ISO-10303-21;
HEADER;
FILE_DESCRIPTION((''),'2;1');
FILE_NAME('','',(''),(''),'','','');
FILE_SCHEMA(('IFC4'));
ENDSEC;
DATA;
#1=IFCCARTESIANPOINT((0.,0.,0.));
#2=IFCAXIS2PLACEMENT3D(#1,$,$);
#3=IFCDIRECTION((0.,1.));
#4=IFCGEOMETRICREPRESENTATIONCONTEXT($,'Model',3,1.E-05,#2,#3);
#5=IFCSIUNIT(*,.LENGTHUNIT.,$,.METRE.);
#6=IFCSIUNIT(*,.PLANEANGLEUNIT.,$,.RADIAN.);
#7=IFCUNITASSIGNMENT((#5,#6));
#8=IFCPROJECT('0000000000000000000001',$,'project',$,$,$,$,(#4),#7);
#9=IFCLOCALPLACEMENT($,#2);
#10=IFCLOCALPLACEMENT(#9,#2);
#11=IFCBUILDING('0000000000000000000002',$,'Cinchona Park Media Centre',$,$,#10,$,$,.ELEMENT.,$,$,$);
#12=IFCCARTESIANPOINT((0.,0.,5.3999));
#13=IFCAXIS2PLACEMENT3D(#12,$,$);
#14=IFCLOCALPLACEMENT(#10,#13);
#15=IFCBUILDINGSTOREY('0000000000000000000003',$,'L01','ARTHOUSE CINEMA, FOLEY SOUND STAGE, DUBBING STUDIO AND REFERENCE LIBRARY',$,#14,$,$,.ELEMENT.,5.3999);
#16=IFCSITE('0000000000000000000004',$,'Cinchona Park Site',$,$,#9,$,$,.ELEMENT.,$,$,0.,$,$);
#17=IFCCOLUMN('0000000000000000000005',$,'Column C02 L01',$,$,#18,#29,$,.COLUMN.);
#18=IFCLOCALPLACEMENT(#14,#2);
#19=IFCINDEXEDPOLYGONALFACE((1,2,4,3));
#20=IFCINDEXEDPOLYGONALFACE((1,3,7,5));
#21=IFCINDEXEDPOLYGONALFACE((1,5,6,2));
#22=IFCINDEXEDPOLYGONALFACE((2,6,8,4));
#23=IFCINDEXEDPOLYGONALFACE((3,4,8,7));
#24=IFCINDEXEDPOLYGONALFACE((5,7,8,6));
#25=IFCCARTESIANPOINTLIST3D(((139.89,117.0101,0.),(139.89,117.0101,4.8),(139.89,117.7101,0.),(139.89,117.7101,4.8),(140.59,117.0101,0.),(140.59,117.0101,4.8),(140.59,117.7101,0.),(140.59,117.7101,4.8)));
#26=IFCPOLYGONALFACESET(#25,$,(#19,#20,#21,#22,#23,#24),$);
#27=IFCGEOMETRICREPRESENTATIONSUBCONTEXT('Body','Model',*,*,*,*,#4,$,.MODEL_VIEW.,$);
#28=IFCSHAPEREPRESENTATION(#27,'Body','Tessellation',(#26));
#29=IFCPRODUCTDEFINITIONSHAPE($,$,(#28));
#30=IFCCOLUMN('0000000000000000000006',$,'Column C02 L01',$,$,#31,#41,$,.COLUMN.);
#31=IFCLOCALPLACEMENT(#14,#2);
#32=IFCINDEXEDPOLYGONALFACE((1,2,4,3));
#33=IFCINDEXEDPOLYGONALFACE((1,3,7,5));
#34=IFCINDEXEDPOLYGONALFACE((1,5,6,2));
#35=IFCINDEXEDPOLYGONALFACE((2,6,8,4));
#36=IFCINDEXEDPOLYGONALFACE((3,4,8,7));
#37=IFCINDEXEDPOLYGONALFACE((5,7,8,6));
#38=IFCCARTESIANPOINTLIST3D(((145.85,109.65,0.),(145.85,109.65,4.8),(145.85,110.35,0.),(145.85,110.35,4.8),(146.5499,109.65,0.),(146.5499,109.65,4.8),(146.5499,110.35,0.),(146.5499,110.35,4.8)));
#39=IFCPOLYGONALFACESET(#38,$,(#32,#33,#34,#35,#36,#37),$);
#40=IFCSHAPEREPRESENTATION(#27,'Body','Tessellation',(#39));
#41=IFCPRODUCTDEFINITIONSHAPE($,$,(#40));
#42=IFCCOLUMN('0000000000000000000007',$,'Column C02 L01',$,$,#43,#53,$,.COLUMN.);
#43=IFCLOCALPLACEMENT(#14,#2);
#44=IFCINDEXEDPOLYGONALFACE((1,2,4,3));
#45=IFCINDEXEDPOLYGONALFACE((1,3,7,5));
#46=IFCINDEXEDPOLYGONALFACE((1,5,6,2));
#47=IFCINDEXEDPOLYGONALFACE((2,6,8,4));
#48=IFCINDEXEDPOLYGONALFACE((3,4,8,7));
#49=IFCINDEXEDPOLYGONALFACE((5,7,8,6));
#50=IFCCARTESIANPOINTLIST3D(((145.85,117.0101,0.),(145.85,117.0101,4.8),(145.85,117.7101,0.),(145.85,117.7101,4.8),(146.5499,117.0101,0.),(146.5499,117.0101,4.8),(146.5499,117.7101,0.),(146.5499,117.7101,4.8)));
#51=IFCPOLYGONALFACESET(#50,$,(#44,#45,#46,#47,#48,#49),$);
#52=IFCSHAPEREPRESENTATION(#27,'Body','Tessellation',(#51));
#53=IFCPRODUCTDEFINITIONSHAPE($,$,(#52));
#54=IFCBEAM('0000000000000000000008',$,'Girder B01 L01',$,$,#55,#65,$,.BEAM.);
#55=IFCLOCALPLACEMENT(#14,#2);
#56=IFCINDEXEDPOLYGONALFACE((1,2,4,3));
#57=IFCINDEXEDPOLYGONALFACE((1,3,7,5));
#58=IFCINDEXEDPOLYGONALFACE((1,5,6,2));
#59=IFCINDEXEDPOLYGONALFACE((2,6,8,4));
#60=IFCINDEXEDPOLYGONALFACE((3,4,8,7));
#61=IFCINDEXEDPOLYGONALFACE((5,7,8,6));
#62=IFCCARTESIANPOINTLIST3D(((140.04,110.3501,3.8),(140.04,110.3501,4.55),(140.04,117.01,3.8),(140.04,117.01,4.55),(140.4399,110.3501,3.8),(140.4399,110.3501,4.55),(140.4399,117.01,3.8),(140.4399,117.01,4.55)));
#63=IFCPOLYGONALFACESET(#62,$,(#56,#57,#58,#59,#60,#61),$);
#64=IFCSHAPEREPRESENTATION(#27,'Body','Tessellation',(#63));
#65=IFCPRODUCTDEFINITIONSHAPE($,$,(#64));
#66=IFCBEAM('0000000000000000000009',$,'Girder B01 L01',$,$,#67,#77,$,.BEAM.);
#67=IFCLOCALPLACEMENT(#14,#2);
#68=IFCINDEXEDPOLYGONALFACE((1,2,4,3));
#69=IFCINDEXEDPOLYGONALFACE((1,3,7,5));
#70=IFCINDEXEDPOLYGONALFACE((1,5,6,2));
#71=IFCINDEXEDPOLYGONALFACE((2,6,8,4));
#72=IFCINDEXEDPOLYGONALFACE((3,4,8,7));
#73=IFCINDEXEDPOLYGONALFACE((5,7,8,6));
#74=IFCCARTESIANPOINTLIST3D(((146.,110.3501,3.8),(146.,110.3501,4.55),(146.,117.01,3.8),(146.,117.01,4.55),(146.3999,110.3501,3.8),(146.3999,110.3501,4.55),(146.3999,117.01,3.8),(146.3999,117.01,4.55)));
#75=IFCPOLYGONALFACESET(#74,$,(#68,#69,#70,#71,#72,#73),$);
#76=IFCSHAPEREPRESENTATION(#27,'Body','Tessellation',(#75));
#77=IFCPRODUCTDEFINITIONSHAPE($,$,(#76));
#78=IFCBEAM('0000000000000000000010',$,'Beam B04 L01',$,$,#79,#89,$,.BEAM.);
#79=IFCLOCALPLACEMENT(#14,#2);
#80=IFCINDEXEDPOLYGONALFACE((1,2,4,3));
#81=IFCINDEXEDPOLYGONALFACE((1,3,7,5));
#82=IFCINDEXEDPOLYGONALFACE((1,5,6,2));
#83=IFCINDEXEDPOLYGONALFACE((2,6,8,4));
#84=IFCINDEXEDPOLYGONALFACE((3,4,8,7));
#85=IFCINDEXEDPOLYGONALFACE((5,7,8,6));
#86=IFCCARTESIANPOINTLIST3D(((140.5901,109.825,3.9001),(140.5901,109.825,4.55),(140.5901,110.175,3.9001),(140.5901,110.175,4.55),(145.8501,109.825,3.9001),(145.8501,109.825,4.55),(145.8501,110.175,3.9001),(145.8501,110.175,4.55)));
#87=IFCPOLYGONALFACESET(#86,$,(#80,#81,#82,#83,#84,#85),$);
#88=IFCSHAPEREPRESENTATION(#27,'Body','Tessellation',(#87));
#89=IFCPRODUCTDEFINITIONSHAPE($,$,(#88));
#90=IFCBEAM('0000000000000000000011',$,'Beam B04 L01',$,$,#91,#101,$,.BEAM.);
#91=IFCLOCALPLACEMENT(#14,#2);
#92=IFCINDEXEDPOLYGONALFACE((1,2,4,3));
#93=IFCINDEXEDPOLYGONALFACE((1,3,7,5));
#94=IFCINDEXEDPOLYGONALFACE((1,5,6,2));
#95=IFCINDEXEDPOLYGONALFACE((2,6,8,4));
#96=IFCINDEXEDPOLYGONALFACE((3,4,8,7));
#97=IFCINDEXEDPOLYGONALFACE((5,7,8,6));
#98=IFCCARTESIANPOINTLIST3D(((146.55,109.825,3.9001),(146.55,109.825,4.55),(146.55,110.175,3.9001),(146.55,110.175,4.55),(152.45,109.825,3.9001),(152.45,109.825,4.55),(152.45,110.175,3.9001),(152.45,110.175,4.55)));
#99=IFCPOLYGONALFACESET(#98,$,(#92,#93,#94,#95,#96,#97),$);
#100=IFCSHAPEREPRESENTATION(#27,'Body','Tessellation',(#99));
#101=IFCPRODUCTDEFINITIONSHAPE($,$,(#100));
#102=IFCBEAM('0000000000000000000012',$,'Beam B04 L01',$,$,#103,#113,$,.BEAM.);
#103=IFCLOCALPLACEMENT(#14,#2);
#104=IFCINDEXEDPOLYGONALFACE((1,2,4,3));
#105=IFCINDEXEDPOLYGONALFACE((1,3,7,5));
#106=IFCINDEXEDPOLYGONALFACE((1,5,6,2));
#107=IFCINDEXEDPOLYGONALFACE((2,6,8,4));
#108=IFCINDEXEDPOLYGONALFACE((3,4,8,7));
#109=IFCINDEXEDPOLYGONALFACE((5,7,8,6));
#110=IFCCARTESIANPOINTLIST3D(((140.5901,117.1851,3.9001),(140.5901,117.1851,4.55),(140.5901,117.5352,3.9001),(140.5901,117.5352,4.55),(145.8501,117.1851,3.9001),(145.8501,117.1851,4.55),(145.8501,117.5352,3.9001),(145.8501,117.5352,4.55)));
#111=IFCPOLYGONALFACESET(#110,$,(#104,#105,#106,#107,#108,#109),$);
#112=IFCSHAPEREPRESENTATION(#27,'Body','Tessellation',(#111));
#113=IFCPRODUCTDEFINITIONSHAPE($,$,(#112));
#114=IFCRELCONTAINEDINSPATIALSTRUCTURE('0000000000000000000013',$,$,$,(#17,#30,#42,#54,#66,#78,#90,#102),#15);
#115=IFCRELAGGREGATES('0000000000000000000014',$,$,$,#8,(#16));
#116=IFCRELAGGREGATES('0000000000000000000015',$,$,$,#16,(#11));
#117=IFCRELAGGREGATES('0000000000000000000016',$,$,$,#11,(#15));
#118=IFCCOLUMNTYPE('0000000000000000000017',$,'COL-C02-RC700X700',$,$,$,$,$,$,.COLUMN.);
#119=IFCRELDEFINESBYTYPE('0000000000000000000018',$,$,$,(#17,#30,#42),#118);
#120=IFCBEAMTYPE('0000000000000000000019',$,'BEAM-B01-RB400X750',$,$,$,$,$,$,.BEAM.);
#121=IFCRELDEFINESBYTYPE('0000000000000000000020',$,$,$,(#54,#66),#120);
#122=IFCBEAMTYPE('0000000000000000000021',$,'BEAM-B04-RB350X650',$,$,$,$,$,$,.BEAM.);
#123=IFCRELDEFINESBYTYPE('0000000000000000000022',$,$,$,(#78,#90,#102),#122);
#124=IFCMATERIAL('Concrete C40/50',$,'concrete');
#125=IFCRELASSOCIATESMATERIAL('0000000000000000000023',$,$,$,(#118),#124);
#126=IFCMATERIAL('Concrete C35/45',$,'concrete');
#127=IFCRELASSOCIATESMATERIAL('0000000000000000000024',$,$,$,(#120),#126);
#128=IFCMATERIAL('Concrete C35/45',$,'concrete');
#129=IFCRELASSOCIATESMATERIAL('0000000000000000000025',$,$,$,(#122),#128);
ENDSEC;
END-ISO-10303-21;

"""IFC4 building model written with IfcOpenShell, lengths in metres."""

from ifc_helpers import new_model, si_unit, direction, frame, origin, origin_2d, place, context, subcontext, project, spatial, rectangle, extrude, material, material_profile, profile_set, type_object, element, save


model = new_model("IFC4")

# Units and contexts
model_context = context("Model", 3, precision=1e-05, world=origin(), true_north=direction((0.0, 1.0)))
body_context = subcontext(model_context, "Body", "Model", "MODEL_VIEW")
ifc_project = project(units=[si_unit("LENGTHUNIT", "METRE"), si_unit("PLANEANGLEUNIT", "RADIAN")], contexts=[model_context])

# Site, building, storey
site_placement = place(None, origin())
site = spatial("IfcSite", under=ifc_project, at=site_placement, Name="Cinchona Park Site", CompositionType="ELEMENT", RefElevation=0.0)
building_placement = place(site_placement, origin())
building = spatial("IfcBuilding", under=site, at=building_placement, Name="Cinchona Park Media Centre", CompositionType="ELEMENT")
storey_placement = place(building_placement, frame((0.0, 0.0, 5.3999)))
storey = spatial("IfcBuildingStorey", under=building, at=storey_placement, Name="L01", Description="ARTHOUSE CINEMA, FOLEY SOUND STAGE, DUBBING STUDIO AND REFERENCE LIBRARY", CompositionType="ELEMENT", Elevation=5.3999)

# Columns
ifc_material_1 = material(Name="Concrete C40/50", Category="concrete")
ifc_material_profile_1 = material_profile(ifc_material_1, rectangle(XDim=0.7, YDim=0.7, at=origin_2d()), Name="RC 700X700")
ifc_profile_set_1 = profile_set([ifc_material_profile_1], Name="Concrete C40/50")
column_type = type_object("IfcColumnType", Name="COL-C02-RC700X700", PredefinedType="COLUMN", material=ifc_profile_set_1)
for number, where, z_axis, x_axis, name in (
    (1, (140.24, 117.3601, 0.0), (0.0, 0.0, 1.0), (1.0, 0.0, 0.0), "Column C02 L01"),
    (2, (146.2, 110.0, 0.0), (0.0, 0.0, 1.0), (1.0, 0.0, 0.0), "Column C02 L01"),
    (3, (146.2, 117.3601, 0.0), (0.0, 0.0, 1.0), (1.0, 0.0, 0.0), "Column C02 L01"),
):
    element("IfcColumn", number, at=place(storey_placement, frame(where, z_axis=z_axis, x_axis=x_axis)), inside=storey, type_object=column_type, Name=name, PredefinedType="COLUMN", context=body_context, shape_type="SweptSolid", body=[
        extrude(rectangle(XDim=0.7, YDim=0.7, at=origin_2d()), origin(), (0.0, 0.0, 1.0), 4.8),
    ])

# Beams
ifc_material_2 = material(Name="Concrete C35/45", Category="concrete")
ifc_material_profile_2 = material_profile(ifc_material_2, rectangle(XDim=0.3999, YDim=0.75, at=origin_2d()), Name="RB 400X750")
ifc_profile_set_2 = profile_set([ifc_material_profile_2], Name="Concrete C35/45")
beam_type_1 = type_object("IfcBeamType", Name="BEAM-B01-RB400X750", PredefinedType="BEAM", material=ifc_profile_set_2)
for number, where, z_axis, x_axis, name in (
    (4, (140.24, 110.3501, 4.175), (0.0, 1.0, 0.0), (-1.0, 0.0, 0.0), "Girder B01 L01"),
    (5, (146.2, 110.3501, 4.175), (0.0, 1.0, 0.0), (-1.0, 0.0, 0.0), "Girder B01 L01"),
):
    element("IfcBeam", number, at=place(storey_placement, frame(where, z_axis=z_axis, x_axis=x_axis)), inside=storey, type_object=beam_type_1, Name=name, PredefinedType="BEAM", context=body_context, shape_type="SweptSolid", body=[
        extrude(rectangle(XDim=0.3999, YDim=0.75, at=origin_2d()), origin(), (0.0, 0.0, 1.0), 6.6599),
    ])
ifc_material_3 = material(Name="Concrete C35/45", Category="concrete")
ifc_material_profile_3 = material_profile(ifc_material_3, rectangle(XDim=0.3501, YDim=0.6499, at=origin_2d()), Name="RB 350X650")
ifc_profile_set_3 = profile_set([ifc_material_profile_3], Name="Concrete C35/45")
beam_type_2 = type_object("IfcBeamType", Name="BEAM-B04-RB350X650", PredefinedType="BEAM", material=ifc_profile_set_3)
beam_1_placement = place(storey_placement, frame((140.5901, 110.0, 4.2251), z_axis=(1.0, 0.0, 0.0), x_axis=(0.0, 1.0, 0.0)))
element("IfcBeam", 6, at=beam_1_placement, inside=storey, type_object=beam_type_2, Name="Beam B04 L01", PredefinedType="BEAM", context=body_context, shape_type="SweptSolid", body=[
    extrude(rectangle(XDim=0.3501, YDim=0.6499, at=origin_2d()), origin(), (0.0, 0.0, 1.0), 5.26),
])
beam_2_placement = place(storey_placement, frame((146.55, 110.0, 4.2251), z_axis=(1.0, 0.0, 0.0), x_axis=(0.0, 1.0, 0.0)))
element("IfcBeam", 7, at=beam_2_placement, inside=storey, type_object=beam_type_2, Name="Beam B04 L01", PredefinedType="BEAM", context=body_context, shape_type="SweptSolid", body=[
    extrude(rectangle(XDim=0.3501, YDim=0.6499, at=origin_2d()), origin(), (0.0, 0.0, 1.0), 5.8999),
])
beam_3_placement = place(storey_placement, frame((140.5901, 117.3601, 4.2251), z_axis=(1.0, 0.0, 0.0), x_axis=(0.0, 1.0, 0.0)))
element("IfcBeam", 8, at=beam_3_placement, inside=storey, type_object=beam_type_2, Name="Beam B04 L01", PredefinedType="BEAM", context=body_context, shape_type="SweptSolid", body=[
    extrude(rectangle(XDim=0.3501, YDim=0.6499, at=origin_2d()), origin(), (0.0, 0.0, 1.0), 5.26),
])

save(model, "model.ifc")
